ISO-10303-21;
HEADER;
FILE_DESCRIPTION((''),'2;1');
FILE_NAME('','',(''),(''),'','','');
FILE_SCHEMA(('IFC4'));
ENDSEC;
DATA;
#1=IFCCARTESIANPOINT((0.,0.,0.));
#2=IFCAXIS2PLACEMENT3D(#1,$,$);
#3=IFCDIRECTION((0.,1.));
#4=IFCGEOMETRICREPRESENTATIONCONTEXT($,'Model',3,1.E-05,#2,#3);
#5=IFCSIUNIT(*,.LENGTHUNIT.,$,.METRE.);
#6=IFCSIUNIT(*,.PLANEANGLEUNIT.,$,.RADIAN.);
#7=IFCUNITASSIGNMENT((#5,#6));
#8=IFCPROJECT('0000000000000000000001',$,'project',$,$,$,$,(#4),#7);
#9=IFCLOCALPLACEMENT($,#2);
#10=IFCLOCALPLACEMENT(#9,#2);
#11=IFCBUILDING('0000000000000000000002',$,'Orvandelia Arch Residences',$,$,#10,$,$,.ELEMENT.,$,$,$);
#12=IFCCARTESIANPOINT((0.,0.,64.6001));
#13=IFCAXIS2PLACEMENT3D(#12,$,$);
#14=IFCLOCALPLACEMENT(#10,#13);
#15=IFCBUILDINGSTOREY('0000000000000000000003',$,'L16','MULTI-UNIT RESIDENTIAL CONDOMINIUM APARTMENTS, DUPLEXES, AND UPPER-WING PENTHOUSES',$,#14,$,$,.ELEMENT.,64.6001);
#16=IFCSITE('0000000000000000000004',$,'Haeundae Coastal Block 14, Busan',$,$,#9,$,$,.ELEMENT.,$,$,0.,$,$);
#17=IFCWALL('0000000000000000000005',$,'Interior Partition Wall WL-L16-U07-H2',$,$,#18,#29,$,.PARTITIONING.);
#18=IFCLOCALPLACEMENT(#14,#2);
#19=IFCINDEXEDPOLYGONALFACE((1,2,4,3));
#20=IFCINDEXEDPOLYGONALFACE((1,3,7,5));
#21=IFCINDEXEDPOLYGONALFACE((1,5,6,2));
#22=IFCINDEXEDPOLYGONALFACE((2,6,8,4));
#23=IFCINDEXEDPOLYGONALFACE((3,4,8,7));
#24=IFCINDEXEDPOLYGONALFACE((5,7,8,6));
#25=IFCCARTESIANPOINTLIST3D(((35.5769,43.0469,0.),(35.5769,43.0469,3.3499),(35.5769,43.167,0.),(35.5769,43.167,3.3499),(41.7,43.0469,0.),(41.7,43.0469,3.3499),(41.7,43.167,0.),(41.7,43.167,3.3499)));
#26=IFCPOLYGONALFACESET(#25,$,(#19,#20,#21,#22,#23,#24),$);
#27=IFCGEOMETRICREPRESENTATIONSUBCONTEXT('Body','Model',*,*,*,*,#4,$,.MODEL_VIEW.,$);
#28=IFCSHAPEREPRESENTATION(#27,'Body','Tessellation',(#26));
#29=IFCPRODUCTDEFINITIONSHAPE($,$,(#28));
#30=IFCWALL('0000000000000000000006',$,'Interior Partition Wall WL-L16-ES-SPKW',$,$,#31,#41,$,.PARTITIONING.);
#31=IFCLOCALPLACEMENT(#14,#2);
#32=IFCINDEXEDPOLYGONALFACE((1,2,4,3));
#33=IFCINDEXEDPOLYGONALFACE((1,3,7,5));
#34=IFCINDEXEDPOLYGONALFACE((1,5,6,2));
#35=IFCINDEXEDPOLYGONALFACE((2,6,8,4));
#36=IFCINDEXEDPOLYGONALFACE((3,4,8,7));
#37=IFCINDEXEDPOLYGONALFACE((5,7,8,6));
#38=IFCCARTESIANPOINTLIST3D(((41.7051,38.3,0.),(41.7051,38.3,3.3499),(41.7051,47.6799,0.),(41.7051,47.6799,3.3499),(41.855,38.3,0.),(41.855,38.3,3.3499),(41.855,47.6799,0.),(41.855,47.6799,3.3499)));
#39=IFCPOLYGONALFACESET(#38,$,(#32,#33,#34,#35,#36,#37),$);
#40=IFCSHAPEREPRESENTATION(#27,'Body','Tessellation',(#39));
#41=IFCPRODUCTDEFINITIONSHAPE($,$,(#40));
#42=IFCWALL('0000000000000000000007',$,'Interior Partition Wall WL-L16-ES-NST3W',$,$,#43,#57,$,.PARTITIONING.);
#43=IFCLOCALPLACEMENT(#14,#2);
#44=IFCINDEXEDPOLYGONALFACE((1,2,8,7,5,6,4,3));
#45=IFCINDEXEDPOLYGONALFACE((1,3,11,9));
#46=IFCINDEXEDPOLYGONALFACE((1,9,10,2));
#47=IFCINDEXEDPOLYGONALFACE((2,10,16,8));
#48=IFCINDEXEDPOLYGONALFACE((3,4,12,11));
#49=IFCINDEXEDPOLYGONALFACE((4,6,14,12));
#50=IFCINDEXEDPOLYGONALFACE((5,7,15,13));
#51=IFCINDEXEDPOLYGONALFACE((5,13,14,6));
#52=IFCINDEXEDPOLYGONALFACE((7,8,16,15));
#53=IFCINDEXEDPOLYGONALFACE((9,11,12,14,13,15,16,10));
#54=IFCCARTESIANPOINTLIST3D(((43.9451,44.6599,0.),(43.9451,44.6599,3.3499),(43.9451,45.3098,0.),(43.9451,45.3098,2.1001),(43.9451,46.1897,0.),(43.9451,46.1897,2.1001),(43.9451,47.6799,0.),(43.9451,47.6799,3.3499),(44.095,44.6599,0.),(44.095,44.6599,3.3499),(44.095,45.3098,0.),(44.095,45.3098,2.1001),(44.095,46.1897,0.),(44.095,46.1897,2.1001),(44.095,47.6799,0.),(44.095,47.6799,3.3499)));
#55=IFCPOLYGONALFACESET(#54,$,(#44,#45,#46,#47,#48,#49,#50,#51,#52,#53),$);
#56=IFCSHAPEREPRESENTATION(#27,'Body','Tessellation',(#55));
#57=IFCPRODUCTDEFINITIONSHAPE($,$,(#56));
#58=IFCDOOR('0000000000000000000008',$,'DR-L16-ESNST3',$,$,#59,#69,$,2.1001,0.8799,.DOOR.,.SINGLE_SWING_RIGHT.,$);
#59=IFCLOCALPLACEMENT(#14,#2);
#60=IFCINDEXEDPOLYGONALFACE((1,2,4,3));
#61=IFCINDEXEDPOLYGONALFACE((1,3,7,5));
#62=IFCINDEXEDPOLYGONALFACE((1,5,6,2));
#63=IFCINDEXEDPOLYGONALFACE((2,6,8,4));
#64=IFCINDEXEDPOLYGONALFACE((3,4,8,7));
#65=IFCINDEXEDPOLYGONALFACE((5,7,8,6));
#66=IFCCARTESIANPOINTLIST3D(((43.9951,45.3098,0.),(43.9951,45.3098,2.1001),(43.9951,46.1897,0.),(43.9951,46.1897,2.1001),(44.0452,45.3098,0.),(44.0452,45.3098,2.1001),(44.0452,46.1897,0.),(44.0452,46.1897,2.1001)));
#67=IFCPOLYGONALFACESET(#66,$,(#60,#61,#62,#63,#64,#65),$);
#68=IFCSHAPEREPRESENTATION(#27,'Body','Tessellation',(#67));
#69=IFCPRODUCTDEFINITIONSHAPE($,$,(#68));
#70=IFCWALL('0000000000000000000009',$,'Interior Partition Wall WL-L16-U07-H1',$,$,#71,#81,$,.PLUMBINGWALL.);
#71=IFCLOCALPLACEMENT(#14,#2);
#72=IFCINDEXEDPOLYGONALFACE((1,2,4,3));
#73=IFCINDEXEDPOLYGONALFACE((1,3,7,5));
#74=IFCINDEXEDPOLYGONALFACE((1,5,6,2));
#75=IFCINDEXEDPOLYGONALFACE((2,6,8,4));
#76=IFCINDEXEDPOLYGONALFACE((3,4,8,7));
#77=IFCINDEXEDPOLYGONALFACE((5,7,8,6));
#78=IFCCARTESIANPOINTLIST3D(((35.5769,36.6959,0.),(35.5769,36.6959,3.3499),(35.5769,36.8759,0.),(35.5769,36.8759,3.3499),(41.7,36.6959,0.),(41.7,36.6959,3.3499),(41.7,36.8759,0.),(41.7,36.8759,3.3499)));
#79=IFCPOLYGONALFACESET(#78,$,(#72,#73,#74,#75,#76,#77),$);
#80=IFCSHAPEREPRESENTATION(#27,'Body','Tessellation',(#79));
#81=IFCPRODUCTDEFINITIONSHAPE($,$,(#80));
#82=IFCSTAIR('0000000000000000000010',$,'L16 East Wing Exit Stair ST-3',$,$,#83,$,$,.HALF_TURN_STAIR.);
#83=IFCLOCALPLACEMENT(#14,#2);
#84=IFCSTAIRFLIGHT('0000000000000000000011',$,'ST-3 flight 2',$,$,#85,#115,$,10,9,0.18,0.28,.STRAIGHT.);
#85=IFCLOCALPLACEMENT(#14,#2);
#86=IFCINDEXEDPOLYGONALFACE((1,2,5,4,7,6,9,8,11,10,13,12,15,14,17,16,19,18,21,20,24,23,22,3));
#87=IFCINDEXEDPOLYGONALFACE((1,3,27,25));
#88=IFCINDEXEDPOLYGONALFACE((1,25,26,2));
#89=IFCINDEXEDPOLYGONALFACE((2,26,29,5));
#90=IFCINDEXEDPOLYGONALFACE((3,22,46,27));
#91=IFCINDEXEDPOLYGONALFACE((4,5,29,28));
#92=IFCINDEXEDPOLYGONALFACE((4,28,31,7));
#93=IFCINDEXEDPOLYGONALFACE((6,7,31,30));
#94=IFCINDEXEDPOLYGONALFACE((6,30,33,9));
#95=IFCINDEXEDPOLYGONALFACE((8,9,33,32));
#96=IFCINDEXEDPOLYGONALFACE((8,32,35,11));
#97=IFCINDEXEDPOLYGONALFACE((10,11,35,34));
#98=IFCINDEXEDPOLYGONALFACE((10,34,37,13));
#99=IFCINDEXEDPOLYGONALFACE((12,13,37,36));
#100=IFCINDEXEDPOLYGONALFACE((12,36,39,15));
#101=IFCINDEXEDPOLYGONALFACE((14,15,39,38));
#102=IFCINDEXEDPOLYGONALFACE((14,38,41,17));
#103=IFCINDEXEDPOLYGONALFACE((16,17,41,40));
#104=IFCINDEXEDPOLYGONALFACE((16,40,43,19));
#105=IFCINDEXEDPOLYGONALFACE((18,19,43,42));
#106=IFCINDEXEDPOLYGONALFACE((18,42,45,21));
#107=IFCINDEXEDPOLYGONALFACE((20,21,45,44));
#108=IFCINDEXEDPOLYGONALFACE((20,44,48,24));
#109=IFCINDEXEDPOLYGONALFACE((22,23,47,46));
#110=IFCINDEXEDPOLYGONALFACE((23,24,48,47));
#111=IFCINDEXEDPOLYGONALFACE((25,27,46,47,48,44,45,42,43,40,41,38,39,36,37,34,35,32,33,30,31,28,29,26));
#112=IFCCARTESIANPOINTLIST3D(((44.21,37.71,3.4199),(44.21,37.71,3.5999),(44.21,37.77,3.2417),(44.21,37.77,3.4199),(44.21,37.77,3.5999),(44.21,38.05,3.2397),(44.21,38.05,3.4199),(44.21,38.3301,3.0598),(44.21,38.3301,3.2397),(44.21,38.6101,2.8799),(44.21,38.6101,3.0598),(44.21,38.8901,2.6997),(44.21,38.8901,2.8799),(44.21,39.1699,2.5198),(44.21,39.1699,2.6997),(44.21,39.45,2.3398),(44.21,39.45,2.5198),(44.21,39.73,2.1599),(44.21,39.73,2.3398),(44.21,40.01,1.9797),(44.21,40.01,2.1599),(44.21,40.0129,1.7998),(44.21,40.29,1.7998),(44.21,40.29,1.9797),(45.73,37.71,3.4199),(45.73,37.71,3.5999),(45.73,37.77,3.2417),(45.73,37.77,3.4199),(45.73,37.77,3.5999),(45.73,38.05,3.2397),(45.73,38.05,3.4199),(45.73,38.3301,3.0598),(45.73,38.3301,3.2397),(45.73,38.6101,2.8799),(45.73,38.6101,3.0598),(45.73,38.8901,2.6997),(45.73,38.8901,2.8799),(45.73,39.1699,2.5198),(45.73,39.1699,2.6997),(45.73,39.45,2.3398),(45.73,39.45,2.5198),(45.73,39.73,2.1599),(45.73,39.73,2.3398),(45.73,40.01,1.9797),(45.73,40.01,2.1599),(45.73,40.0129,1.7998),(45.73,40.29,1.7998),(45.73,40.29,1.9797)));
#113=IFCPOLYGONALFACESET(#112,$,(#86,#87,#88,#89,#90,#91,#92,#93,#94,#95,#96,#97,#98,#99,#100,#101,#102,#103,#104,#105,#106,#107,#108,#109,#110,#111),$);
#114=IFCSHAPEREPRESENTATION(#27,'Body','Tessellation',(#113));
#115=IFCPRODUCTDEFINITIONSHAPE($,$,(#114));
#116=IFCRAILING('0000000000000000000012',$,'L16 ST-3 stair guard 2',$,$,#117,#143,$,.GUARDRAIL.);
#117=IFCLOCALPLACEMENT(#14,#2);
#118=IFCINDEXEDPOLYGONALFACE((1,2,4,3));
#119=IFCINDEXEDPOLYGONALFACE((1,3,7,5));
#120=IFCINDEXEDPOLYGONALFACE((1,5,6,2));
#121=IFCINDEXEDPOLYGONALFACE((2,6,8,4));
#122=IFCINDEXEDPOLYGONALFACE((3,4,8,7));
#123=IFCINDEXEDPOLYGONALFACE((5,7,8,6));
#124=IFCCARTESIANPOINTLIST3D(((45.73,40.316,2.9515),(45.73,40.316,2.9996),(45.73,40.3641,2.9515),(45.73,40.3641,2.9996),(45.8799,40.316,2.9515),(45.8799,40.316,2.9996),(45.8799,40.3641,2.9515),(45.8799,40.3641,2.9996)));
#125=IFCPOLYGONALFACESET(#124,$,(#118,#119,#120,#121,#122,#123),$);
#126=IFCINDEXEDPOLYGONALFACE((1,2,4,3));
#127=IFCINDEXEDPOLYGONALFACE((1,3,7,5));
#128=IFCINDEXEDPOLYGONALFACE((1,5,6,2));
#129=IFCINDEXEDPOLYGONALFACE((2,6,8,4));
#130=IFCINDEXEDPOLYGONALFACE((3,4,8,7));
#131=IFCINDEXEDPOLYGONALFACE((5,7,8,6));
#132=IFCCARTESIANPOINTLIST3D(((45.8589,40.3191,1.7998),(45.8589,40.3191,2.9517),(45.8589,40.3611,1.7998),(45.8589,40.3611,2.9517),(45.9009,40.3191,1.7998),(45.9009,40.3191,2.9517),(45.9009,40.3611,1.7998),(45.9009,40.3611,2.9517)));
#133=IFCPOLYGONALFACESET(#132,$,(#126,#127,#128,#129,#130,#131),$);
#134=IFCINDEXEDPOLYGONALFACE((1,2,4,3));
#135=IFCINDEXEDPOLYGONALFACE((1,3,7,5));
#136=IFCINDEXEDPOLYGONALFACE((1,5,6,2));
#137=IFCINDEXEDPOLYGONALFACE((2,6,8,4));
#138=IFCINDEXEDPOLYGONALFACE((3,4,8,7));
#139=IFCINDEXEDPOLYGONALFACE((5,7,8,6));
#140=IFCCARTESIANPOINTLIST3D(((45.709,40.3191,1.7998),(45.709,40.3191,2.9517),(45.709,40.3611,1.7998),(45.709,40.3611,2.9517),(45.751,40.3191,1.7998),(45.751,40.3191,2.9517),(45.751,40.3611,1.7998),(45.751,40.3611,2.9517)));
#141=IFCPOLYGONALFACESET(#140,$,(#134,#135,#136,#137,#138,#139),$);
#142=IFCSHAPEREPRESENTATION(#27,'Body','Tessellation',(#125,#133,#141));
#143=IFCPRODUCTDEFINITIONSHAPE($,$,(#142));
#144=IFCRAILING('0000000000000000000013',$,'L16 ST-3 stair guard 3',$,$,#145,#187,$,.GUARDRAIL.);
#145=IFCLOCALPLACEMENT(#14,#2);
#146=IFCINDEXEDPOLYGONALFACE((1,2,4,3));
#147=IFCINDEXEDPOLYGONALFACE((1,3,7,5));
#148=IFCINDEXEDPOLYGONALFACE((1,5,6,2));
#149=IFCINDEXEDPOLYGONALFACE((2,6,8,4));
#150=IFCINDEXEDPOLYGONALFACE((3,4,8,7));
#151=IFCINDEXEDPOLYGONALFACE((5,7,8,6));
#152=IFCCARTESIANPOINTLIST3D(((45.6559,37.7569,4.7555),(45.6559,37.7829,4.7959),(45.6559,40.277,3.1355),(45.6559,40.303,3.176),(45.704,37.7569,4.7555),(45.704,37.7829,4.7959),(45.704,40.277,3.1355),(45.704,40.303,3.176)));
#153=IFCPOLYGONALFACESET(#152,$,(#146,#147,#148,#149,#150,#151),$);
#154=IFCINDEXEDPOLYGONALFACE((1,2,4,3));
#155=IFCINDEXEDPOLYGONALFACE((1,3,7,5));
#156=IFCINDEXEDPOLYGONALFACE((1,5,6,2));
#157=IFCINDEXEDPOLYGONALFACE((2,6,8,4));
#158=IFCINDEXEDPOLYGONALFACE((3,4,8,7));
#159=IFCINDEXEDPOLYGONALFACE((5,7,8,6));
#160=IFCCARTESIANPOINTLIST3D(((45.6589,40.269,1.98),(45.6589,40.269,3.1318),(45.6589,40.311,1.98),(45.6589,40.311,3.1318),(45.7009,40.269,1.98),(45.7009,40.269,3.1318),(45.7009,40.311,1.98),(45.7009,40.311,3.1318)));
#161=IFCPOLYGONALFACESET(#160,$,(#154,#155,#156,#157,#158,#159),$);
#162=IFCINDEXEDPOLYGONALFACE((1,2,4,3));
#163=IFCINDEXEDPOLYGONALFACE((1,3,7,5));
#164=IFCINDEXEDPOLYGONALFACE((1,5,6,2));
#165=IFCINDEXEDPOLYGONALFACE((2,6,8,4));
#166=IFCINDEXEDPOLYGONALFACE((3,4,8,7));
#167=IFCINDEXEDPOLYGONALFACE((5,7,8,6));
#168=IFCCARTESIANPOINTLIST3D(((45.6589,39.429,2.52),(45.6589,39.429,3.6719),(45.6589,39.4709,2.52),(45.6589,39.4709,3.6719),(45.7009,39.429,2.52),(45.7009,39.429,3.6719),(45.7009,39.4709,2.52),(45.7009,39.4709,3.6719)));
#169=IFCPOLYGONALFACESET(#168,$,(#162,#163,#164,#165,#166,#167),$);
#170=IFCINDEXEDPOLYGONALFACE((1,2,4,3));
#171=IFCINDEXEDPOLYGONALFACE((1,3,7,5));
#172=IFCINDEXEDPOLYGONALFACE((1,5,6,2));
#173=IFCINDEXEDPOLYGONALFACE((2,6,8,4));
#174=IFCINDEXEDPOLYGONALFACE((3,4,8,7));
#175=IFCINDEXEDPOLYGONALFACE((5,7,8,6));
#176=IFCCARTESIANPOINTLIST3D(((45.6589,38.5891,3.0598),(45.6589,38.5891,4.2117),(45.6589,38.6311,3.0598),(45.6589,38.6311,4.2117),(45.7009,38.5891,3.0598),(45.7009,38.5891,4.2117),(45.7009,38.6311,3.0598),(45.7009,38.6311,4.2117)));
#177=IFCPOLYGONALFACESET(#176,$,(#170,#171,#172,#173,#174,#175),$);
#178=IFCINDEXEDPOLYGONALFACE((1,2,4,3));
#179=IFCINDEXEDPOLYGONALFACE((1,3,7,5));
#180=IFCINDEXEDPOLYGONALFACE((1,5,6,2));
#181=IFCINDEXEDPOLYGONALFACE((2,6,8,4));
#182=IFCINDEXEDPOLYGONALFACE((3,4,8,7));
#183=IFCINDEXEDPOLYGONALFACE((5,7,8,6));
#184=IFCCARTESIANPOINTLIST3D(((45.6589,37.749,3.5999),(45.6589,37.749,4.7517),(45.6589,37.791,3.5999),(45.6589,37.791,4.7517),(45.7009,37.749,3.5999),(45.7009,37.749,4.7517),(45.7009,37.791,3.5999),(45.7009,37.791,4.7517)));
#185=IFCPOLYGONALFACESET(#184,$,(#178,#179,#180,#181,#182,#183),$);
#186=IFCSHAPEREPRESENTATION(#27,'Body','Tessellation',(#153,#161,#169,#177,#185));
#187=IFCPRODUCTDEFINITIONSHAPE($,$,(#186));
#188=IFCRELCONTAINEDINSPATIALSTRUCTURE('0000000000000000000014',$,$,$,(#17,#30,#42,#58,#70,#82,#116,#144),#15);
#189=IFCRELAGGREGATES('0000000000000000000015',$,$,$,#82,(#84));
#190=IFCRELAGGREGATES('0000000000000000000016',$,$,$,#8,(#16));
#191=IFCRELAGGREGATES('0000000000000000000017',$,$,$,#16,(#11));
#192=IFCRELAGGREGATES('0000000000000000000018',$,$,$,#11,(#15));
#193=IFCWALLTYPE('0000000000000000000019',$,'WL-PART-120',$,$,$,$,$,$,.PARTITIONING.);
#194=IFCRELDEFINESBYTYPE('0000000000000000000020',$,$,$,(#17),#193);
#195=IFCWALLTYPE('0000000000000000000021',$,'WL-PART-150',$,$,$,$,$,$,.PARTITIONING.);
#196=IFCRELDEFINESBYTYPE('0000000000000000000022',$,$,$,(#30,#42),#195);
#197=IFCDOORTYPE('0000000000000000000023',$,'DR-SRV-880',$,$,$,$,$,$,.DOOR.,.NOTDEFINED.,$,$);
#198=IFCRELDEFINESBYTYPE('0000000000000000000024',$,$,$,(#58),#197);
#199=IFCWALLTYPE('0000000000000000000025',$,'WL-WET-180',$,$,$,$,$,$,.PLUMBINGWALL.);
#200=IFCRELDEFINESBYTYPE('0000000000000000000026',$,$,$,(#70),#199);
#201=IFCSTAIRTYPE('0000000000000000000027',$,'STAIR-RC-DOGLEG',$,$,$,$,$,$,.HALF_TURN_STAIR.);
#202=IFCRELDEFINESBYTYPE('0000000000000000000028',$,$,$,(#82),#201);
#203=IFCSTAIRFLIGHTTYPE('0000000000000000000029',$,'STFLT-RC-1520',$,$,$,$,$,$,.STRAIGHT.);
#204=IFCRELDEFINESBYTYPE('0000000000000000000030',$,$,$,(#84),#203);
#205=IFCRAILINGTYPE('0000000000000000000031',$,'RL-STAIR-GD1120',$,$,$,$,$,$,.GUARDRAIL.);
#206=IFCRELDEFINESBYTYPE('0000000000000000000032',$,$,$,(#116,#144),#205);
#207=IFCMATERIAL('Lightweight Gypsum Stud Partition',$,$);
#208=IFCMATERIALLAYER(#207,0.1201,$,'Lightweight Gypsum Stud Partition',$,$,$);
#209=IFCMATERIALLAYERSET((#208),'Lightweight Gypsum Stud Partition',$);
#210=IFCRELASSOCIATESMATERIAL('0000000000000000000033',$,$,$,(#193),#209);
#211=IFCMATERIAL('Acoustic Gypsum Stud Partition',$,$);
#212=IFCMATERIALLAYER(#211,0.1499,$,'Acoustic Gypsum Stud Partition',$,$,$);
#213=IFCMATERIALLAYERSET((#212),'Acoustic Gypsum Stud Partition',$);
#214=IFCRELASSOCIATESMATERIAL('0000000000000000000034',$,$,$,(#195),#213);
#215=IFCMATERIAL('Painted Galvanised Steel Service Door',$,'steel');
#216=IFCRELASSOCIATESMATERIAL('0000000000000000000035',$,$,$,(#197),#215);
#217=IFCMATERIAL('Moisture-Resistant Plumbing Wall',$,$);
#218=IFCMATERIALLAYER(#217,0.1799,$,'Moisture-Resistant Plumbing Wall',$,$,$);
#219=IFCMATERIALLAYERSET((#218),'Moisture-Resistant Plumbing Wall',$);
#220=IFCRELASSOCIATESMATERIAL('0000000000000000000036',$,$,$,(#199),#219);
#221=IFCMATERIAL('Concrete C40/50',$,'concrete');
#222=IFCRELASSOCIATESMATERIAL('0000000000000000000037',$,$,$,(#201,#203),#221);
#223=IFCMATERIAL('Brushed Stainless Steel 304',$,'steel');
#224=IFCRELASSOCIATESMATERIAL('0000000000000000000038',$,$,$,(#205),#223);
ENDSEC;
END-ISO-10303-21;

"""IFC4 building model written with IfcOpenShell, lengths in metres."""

from ifc_helpers import new_model, si_unit, direction, frame, frame_2d, origin, origin_2d, place, context, subcontext, project, spatial, polyline, rectangle, outline, extrude, material, layer, layer_set, type_object, element, fill, aggregate, save


model = new_model("IFC4")

# Units and contexts
model_context = context("Model", 3, precision=1e-05, world=origin(), true_north=direction((0.0, 1.0)))
body_context = subcontext(model_context, "Body", "Model", "MODEL_VIEW")
ifc_project = project(units=[si_unit("LENGTHUNIT", "METRE"), si_unit("PLANEANGLEUNIT", "RADIAN")], contexts=[model_context])

# Site, building, storey
site_placement = place(None, origin())
site = spatial("IfcSite", under=ifc_project, at=site_placement, Name="Haeundae Coastal Block 14, Busan", CompositionType="ELEMENT", RefElevation=0.0)
building_placement = place(site_placement, origin())
building = spatial("IfcBuilding", under=site, at=building_placement, Name="Orvandelia Arch Residences", CompositionType="ELEMENT")
storey_placement = place(building_placement, frame((0.0, 0.0, 64.6001)))
storey = spatial("IfcBuildingStorey", under=building, at=storey_placement, Name="L16", Description="MULTI-UNIT RESIDENTIAL CONDOMINIUM APARTMENTS, DUPLEXES, AND UPPER-WING PENTHOUSES", CompositionType="ELEMENT", Elevation=64.6001)

# Walls
ifc_material_1 = material(Name="Lightweight Gypsum Stud Partition")
ifc_layer_1 = layer(ifc_material_1, 0.1201, Name="Lightweight Gypsum Stud Partition")
ifc_layer_set_1 = layer_set([ifc_layer_1], Name="Lightweight Gypsum Stud Partition")
wall_type_1 = type_object("IfcWallType", Name="WL-PART-120", PredefinedType="PARTITIONING", material=ifc_layer_set_1)
for number, where, z_axis, x_axis, name in (
    (1, (35.5769, 43.1069, 0.0), (0.0, 0.0, 1.0), (1.0, 0.0, 0.0), "Interior Partition Wall WL-L16-U07-H2"),
):
    element("IfcWall", number, at=place(storey_placement, frame(where, z_axis=z_axis, x_axis=x_axis)), inside=storey, type_object=wall_type_1, Name=name, PredefinedType="PARTITIONING", context=body_context, shape_type="SweptSolid", body=[
        extrude(rectangle(XDim=6.123, YDim=0.1201, at=frame_2d((3.0615, 0.0))), origin(), (0.0, 0.0, 1.0), 3.3499),
    ])
ifc_material_2 = material(Name="Acoustic Gypsum Stud Partition")
ifc_layer_2 = layer(ifc_material_2, 0.1499, Name="Acoustic Gypsum Stud Partition")
ifc_layer_set_2 = layer_set([ifc_layer_2], Name="Acoustic Gypsum Stud Partition")
wall_type_2 = type_object("IfcWallType", Name="WL-PART-150", PredefinedType="PARTITIONING", material=ifc_layer_set_2)
wall_1_placement = place(storey_placement, frame((41.78, 38.3, 0.0), z_axis=(0.0, 0.0, 1.0), x_axis=(0.0, 1.0, 0.0)))
element("IfcWall", 2, at=wall_1_placement, inside=storey, type_object=wall_type_2, Name="Interior Partition Wall WL-L16-ES-SPKW", PredefinedType="PARTITIONING", context=body_context, shape_type="SweptSolid", body=[
    extrude(rectangle(XDim=9.3799, YDim=0.1499, at=frame_2d((4.6899, 0.0))), origin(), (0.0, 0.0, 1.0), 3.3499),
])

# Wall, opening, door
wall_2_placement = place(storey_placement, frame((44.02, 44.6599, 0.0), z_axis=(0.0, 0.0, 1.0), x_axis=(0.0, 1.0, 0.0)))
wall_2 = element("IfcWall", 3, at=wall_2_placement, inside=storey, type_object=wall_type_2, Name="Interior Partition Wall WL-L16-ES-NST3W", PredefinedType="PARTITIONING", context=body_context, shape_type="SweptSolid", body=[
    extrude(rectangle(XDim=3.02, YDim=0.1499, at=frame_2d((1.51, 0.0))), origin(), (0.0, 0.0, 1.0), 3.3499),
])
opening_1_placement = place(wall_2_placement, frame((0.6499, 0.0, 0.0)))
opening_1 = element("IfcOpeningElement", 4, at=opening_1_placement, cuts=wall_2, PredefinedType="OPENING", context=body_context, shape_type="SweptSolid", body=[
    extrude(rectangle(XDim=0.8799, YDim=2.1001, at=frame_2d((0.4399, 1.05))), frame((0.0, 0.085, 0.0), z_axis=(0.0, -1.0, 0.0), x_axis=(1.0, 0.0, 0.0)), (0.0, 0.0, 1.0), 0.1699),
])
ifc_material_3 = material(Name="Painted Galvanised Steel Service Door", Category="steel")
door_type_1 = type_object("IfcDoorType", Name="DR-SRV-880", OperationType="NOTDEFINED", PredefinedType="DOOR", material=ifc_material_3)
door_1_placement = place(opening_1_placement, origin())
door_1 = element("IfcDoor", 5, at=door_1_placement, inside=storey, type_object=door_type_1, Name="DR-L16-ESNST3", OperationType="SINGLE_SWING_RIGHT", OverallHeight=2.1001, OverallWidth=0.8799, PredefinedType="DOOR", context=body_context, shape_type="SweptSolid", body=[
    extrude(rectangle(XDim=0.8799, YDim=2.1001, at=frame_2d((0.4399, 1.05))), frame((0.0, 0.0249, 0.0), z_axis=(0.0, -1.0, 0.0), x_axis=(1.0, 0.0, 0.0)), (0.0, 0.0, 1.0), 0.05),
])
fill(opening_1, door_1)

# Wall
ifc_material_4 = material(Name="Moisture-Resistant Plumbing Wall")
ifc_layer_3 = layer(ifc_material_4, 0.1799, Name="Moisture-Resistant Plumbing Wall")
ifc_layer_set_3 = layer_set([ifc_layer_3], Name="Moisture-Resistant Plumbing Wall")
wall_type_3 = type_object("IfcWallType", Name="WL-WET-180", PredefinedType="PLUMBINGWALL", material=ifc_layer_set_3)
wall_3_placement = place(storey_placement, frame((35.5769, 36.7859, 0.0), z_axis=(0.0, 0.0, 1.0), x_axis=(1.0, 0.0, 0.0)))
element("IfcWall", 6, at=wall_3_placement, inside=storey, type_object=wall_type_3, Name="Interior Partition Wall WL-L16-U07-H1", PredefinedType="PLUMBINGWALL", context=body_context, shape_type="SweptSolid", body=[
    extrude(rectangle(XDim=6.123, YDim=0.1799, at=frame_2d((3.0615, 0.0))), origin(), (0.0, 0.0, 1.0), 3.3499),
])

# Stair, stair flight
ifc_material_5 = material(Name="Concrete C40/50", Category="concrete")
stair_type = type_object("IfcStairType", Name="STAIR-RC-DOGLEG", PredefinedType="HALF_TURN_STAIR", material=ifc_material_5)
stair_placement = place(storey_placement, origin())
stair = element("IfcStair", 7, at=stair_placement, inside=storey, type_object=stair_type, Name="L16 East Wing Exit Stair ST-3", PredefinedType="HALF_TURN_STAIR")
stair_flight_type = type_object("IfcStairFlightType", Name="STFLT-RC-1520", PredefinedType="STRAIGHT", material=ifc_material_5)
stair_flight_placement = place(storey_placement, frame((44.97, 40.29, 1.7998), z_axis=(0.0, 0.0, 1.0), x_axis=(0.0, -1.0, 0.0)))
stair_flight = element("IfcStairFlight", 8, at=stair_flight_placement, type_object=stair_flight_type, Name="ST-3 flight 2", NumberOfRisers=10, NumberOfTreads=9, PredefinedType="STRAIGHT", RiserHeight=0.18, TreadLength=0.28, context=body_context, shape_type="SweptSolid", body=[
    extrude(outline(polyline([(0.0, 0.0), (0.0, 0.1799), (0.28, 0.1799), (0.28, 0.3601), (0.5601, 0.3601), (0.5601, 0.54), (0.8401, 0.54), (0.8401, 0.72), (1.1201, 0.72), (1.1201, 0.8999), (1.3999, 0.8999), (1.3999, 1.0801), (1.6799, 1.0801), (1.6799, 1.26), (1.96, 1.26), (1.96, 1.4399), (2.24, 1.4399), (2.24, 1.6201), (2.52, 1.6201), (2.52, 1.8), (2.5801, 1.8), (2.5801, 1.6201), (2.52, 1.4419), (0.2771, 0.0), (0.0, 0.0)])), frame((0.0, 0.76, 0.0), z_axis=(0.0, -1.0, 0.0), x_axis=(1.0, 0.0, 0.0)), (0.0, 0.0, 1.0), 1.52),
])
aggregate(stair, [stair_flight])

# Railings
ifc_material_6 = material(Name="Brushed Stainless Steel 304", Category="steel")
railing_type_1 = type_object("IfcRailingType", Name="RL-STAIR-GD1120", PredefinedType="GUARDRAIL", material=ifc_material_6)
railing_1_placement = place(storey_placement, frame((45.8799, 40.3401, 1.7998)))
element("IfcRailing", 9, at=railing_1_placement, inside=storey, type_object=railing_type_1, Name="L16 ST-3 stair guard 2", PredefinedType="GUARDRAIL", context=body_context, shape_type="SweptSolid", body=[
    extrude(rectangle(XDim=0.0481, YDim=0.0481, at=origin_2d()), frame((0.0, 0.0, 1.1758), z_axis=(-1.0, 0.0, 0.0), x_axis=(0.0, -1.0, 0.0)), (0.0, 0.0, 1.0), 0.1499),
    extrude(rectangle(XDim=0.042, YDim=0.042, at=origin_2d()), origin(), (0.0, 0.0, 1.0), 1.1519),
    extrude(rectangle(XDim=0.042, YDim=0.042, at=origin_2d()), frame((-0.1499, 0.0, 0.0)), (0.0, 0.0, 1.0), 1.1519),
])
railing_2_placement = place(storey_placement, frame((45.6799, 40.29, 1.98)))
element("IfcRailing", 10, at=railing_2_placement, inside=storey, type_object=railing_type_1, Name="L16 ST-3 stair guard 3", PredefinedType="GUARDRAIL", context=body_context, shape_type="SweptSolid", body=[
    extrude(rectangle(XDim=0.0481, YDim=0.0481, at=origin_2d()), frame((0.0, 0.0, 1.1758), z_axis=(0.0, -0.8412, 0.540725), x_axis=(1.0, 0.0, 0.0)), (0.0, 0.0, 1.0), 2.9958),
    extrude(rectangle(XDim=0.042, YDim=0.042, at=origin_2d()), origin(), (0.0, 0.0, 1.0), 1.1519),
    extrude(rectangle(XDim=0.042, YDim=0.042, at=origin_2d()), frame((0.0, -0.8401, 0.54)), (0.0, 0.0, 1.0), 1.1519),
    extrude(rectangle(XDim=0.042, YDim=0.042, at=origin_2d()), frame((0.0, -1.6799, 1.0798)), (0.0, 0.0, 1.0), 1.1519),
    extrude(rectangle(XDim=0.042, YDim=0.042, at=origin_2d()), frame((0.0, -2.52, 1.6199)), (0.0, 0.0, 1.0), 1.1519),
])

save(model, "model.ifc")
